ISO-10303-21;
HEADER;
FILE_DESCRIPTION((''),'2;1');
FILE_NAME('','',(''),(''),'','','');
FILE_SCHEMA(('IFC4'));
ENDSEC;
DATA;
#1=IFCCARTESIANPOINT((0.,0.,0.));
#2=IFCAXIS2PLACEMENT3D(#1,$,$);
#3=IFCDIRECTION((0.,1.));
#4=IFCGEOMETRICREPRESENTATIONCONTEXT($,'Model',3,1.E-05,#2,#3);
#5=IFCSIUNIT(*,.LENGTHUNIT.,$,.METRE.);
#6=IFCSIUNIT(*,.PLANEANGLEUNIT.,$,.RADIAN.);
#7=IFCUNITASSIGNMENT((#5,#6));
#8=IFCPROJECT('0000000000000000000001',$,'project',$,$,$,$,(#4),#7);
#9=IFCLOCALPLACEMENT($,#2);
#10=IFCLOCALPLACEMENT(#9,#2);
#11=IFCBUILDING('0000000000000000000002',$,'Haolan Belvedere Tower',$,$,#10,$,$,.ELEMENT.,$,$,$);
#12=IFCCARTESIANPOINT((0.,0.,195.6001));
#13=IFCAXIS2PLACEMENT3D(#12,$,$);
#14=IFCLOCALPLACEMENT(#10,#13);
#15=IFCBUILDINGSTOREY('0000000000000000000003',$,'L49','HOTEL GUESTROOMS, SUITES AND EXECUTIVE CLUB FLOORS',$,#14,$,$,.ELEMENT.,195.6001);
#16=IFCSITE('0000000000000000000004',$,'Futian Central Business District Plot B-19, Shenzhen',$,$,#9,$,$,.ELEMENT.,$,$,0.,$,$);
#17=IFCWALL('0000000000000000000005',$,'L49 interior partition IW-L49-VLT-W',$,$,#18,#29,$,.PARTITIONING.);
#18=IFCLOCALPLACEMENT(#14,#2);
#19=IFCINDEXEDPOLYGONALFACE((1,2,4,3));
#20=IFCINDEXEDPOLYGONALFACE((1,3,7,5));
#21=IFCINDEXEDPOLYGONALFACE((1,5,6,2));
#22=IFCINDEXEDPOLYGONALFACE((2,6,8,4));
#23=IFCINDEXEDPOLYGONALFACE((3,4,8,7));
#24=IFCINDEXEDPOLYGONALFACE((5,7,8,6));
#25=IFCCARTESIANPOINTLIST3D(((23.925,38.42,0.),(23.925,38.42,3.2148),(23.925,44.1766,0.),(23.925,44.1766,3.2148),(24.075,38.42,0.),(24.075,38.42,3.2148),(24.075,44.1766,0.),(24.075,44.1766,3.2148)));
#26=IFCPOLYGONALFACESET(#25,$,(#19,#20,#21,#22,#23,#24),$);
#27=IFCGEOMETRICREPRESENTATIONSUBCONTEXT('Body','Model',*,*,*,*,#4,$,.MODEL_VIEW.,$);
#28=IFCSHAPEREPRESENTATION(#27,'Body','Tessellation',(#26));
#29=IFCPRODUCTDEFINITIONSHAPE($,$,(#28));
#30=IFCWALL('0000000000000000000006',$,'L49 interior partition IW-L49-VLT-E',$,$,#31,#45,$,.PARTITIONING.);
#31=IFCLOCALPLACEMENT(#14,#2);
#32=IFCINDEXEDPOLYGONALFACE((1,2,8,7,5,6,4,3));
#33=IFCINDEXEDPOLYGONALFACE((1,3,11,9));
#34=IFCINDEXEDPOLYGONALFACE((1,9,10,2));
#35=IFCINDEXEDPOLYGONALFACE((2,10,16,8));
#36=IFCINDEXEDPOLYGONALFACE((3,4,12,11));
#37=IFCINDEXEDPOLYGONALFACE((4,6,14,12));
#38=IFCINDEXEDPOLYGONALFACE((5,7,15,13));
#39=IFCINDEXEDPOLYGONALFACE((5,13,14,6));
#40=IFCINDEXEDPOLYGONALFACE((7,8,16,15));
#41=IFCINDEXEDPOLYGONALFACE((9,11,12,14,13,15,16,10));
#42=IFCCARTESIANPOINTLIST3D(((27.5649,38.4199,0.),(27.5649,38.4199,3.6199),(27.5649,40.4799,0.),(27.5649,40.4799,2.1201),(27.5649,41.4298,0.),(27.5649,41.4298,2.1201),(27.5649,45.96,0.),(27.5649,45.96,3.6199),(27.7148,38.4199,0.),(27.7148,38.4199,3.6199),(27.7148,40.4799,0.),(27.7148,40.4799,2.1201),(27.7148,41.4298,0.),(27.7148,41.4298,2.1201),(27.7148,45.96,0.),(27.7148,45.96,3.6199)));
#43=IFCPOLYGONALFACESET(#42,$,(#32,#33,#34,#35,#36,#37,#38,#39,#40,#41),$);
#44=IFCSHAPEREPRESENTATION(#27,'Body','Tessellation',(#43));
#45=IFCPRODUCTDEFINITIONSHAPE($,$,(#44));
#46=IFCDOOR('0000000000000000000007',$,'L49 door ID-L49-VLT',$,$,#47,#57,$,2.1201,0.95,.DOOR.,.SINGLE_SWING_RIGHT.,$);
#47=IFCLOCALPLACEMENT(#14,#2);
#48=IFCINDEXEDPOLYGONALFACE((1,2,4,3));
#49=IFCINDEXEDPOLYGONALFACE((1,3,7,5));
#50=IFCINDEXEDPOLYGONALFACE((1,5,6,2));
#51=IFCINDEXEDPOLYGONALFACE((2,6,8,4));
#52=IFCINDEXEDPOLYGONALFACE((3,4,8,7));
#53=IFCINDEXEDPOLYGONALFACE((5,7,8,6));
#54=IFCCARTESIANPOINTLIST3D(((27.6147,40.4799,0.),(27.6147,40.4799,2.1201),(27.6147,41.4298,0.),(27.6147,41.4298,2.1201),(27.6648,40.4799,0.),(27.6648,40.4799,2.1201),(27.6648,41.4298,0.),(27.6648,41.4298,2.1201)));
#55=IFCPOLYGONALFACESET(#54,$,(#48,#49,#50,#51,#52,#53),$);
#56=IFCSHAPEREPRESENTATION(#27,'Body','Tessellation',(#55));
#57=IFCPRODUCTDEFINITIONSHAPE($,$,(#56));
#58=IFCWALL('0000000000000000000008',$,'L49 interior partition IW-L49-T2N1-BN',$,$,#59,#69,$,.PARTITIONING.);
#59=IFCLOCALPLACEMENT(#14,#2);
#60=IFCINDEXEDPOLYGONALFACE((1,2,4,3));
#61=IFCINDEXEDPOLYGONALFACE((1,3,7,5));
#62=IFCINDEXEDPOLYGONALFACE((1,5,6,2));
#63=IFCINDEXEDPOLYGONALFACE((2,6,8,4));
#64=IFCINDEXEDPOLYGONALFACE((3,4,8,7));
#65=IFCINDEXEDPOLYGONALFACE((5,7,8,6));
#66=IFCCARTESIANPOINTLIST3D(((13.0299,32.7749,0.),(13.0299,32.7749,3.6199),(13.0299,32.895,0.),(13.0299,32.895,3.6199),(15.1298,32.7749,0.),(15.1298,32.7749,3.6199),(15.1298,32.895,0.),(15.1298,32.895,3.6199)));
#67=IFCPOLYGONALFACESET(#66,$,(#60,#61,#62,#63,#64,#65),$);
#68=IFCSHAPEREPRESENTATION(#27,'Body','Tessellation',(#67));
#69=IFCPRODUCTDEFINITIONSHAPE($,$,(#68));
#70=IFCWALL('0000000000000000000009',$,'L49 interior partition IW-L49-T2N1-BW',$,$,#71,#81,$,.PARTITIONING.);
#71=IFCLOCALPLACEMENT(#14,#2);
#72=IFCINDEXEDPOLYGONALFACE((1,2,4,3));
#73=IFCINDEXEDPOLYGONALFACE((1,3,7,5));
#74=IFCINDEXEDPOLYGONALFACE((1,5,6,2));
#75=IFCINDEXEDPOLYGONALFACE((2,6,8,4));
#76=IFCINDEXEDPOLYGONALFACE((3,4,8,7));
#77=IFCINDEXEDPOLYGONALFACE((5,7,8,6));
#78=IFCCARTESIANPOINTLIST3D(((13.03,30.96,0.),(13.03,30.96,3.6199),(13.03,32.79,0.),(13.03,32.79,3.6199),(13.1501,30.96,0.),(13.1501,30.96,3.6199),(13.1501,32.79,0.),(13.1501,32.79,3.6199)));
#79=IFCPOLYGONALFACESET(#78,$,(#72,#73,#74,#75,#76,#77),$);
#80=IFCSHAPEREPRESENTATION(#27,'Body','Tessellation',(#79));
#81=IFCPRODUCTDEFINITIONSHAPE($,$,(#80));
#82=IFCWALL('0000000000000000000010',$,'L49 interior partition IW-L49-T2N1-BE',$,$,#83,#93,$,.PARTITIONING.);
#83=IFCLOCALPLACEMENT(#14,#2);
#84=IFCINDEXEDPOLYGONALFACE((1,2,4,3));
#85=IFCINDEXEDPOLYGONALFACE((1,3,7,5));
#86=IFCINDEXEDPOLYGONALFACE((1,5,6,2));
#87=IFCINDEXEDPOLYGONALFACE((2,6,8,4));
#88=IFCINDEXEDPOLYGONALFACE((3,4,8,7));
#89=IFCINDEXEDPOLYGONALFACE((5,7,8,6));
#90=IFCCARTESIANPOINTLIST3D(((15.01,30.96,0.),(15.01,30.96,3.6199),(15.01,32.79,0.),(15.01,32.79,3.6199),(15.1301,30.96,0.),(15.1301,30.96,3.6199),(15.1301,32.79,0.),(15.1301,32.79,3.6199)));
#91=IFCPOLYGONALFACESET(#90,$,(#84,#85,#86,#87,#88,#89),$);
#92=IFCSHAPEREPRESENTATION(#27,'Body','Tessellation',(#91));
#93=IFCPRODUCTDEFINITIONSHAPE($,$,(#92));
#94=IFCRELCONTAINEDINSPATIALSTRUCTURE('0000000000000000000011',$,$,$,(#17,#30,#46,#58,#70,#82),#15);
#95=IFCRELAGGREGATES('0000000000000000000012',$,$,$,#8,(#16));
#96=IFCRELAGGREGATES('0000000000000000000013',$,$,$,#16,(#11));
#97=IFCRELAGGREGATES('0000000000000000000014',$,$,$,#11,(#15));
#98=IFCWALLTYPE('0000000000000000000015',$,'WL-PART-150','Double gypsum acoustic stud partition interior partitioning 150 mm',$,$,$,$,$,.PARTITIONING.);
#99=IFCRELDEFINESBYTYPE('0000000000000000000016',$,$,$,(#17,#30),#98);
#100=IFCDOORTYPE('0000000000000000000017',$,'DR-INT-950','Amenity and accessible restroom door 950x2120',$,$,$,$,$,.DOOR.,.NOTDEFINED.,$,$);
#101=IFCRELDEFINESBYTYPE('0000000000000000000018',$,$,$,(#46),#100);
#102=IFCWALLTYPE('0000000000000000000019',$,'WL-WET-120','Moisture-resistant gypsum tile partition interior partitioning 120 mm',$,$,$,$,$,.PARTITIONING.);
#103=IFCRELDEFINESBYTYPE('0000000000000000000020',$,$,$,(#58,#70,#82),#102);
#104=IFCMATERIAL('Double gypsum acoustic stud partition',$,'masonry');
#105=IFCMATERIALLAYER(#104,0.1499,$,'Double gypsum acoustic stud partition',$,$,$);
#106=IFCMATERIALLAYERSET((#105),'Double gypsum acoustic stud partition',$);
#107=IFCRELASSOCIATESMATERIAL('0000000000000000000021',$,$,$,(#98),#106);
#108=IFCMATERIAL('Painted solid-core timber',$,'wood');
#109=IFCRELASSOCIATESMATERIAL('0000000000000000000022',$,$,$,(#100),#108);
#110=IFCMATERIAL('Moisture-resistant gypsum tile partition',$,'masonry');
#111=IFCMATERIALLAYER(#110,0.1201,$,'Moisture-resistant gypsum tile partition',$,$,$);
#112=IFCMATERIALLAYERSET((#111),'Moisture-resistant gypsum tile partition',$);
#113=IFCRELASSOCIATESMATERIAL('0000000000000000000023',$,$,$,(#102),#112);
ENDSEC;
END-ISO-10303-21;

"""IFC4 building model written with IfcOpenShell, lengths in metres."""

from ifc_helpers import new_model, si_unit, direction, frame, frame_2d, origin, place, context, subcontext, project, spatial, rectangle, extrude, material, layer, layer_set, type_object, element, fill, save


model = new_model("IFC4")

# Units and contexts
model_context = context("Model", 3, precision=1e-05, world=origin(), true_north=direction((0.0, 1.0)))
body_context = subcontext(model_context, "Body", "Model", "MODEL_VIEW")
ifc_project = project(units=[si_unit("LENGTHUNIT", "METRE"), si_unit("PLANEANGLEUNIT", "RADIAN")], contexts=[model_context])

# Site, building, storey
site_placement = place(None, origin())
site = spatial("IfcSite", under=ifc_project, at=site_placement, Name="Futian Central Business District Plot B-19, Shenzhen", CompositionType="ELEMENT", RefElevation=0.0)
building_placement = place(site_placement, origin())
building = spatial("IfcBuilding", under=site, at=building_placement, Name="Haolan Belvedere Tower", CompositionType="ELEMENT")
storey_placement = place(building_placement, frame((0.0, 0.0, 195.6001)))
storey = spatial("IfcBuildingStorey", under=building, at=storey_placement, Name="L49", Description="HOTEL GUESTROOMS, SUITES AND EXECUTIVE CLUB FLOORS", CompositionType="ELEMENT", Elevation=195.6001)

# Shared definitions
ifc_material_1 = material(Name="Double gypsum acoustic stud partition", Category="masonry")
ifc_layer_1 = layer(ifc_material_1, 0.1499, Name="Double gypsum acoustic stud partition")
ifc_layer_set_1 = layer_set([ifc_layer_1], Name="Double gypsum acoustic stud partition")
wall_type_1 = type_object("IfcWallType", Name="WL-PART-150", Description="Double gypsum acoustic stud partition interior partitioning 150 mm", PredefinedType="PARTITIONING", material=ifc_layer_set_1)

# Shared definitions
ifc_material_2 = material(Name="Painted solid-core timber", Category="wood")
door_type = type_object("IfcDoorType", Name="DR-INT-950", Description="Amenity and accessible restroom door 950x2120", OperationType="NOTDEFINED", PredefinedType="DOOR", material=ifc_material_2)

# Wall
wall_1_placement = place(storey_placement, frame((24.0, 38.4199, 0.0), z_axis=(0.0, 0.0, 1.0), x_axis=(0.0, 1.0, 0.0)))
element("IfcWall", 1, at=wall_1_placement, inside=storey, type_object=wall_type_1, Name="L49 interior partition IW-L49-VLT-W", PredefinedType="PARTITIONING", context=body_context, shape_type="SweptSolid", body=[
    extrude(rectangle(XDim=5.7566, YDim=0.1499, at=frame_2d((2.8784, 0.0))), origin(), (0.0, 0.0, 1.0), 3.2148),
])

# Wall, opening, door
wall_2_placement = place(storey_placement, frame((27.6399, 38.4199, 0.0), z_axis=(0.0, 0.0, 1.0), x_axis=(0.0, 1.0, 0.0)))
wall_2 = element("IfcWall", 2, at=wall_2_placement, inside=storey, type_object=wall_type_1, Name="L49 interior partition IW-L49-VLT-E", PredefinedType="PARTITIONING", context=body_context, shape_type="SweptSolid", body=[
    extrude(rectangle(XDim=7.54, YDim=0.1499, at=frame_2d((3.77, 0.0))), origin(), (0.0, 0.0, 1.0), 3.6199),
])
opening_1_placement = place(wall_2_placement, frame((3.01, 0.0, 0.0), z_axis=(0.0, 0.0, 1.0), x_axis=(-1.0, 0.0, 0.0)))
opening_1 = element("IfcOpeningElement", 3, at=opening_1_placement, cuts=wall_2, PredefinedType="OPENING", context=body_context, shape_type="SweptSolid", body=[
    extrude(rectangle(XDim=0.95, YDim=2.1201, at=frame_2d((0.4751, 1.0601))), frame((0.0, 0.085, 0.0), z_axis=(0.0, -1.0, 0.0), x_axis=(1.0, 0.0, 0.0)), (0.0, 0.0, 1.0), 0.1699),
])
door_1_placement = place(opening_1_placement, origin())
door_1 = element("IfcDoor", 4, at=door_1_placement, inside=storey, type_object=door_type, Name="L49 door ID-L49-VLT", OperationType="SINGLE_SWING_RIGHT", OverallHeight=2.1201, OverallWidth=0.95, PredefinedType="DOOR", context=body_context, shape_type="SweptSolid", body=[
    extrude(rectangle(XDim=0.95, YDim=2.1201, at=frame_2d((0.4751, 1.0601))), frame((0.0, 0.0249, 0.0), z_axis=(0.0, -1.0, 0.0), x_axis=(1.0, 0.0, 0.0)), (0.0, 0.0, 1.0), 0.05),
])
fill(opening_1, door_1)

# Walls
ifc_material_3 = material(Name="Moisture-resistant gypsum tile partition", Category="masonry")
ifc_layer_2 = layer(ifc_material_3, 0.1201, Name="Moisture-resistant gypsum tile partition")
ifc_layer_set_2 = layer_set([ifc_layer_2], Name="Moisture-resistant gypsum tile partition")
wall_type_2 = type_object("IfcWallType", Name="WL-WET-120", Description="Moisture-resistant gypsum tile partition interior partitioning 120 mm", PredefinedType="PARTITIONING", material=ifc_layer_set_2)
wall_3_placement = place(storey_placement, frame((13.03, 32.835, 0.0), z_axis=(0.0, 0.0, 1.0), x_axis=(1.0, 0.0, 0.0)))
element("IfcWall", 5, at=wall_3_placement, inside=storey, type_object=wall_type_2, Name="L49 interior partition IW-L49-T2N1-BN", PredefinedType="PARTITIONING", context=body_context, shape_type="SweptSolid", body=[
    extrude(rectangle(XDim=2.0999, YDim=0.1201, at=frame_2d((1.0498, 0.0))), origin(), (0.0, 0.0, 1.0), 3.6199),
])
for number, where, z_axis, x_axis, name in (
    (6, (13.0901, 30.96, 0.0), (0.0, 0.0, 1.0), (0.0, 1.0, 0.0), "L49 interior partition IW-L49-T2N1-BW"),
    (7, (15.0701, 30.96, 0.0), (0.0, 0.0, 1.0), (0.0, 1.0, 0.0), "L49 interior partition IW-L49-T2N1-BE"),
):
    element("IfcWall", number, at=place(storey_placement, frame(where, z_axis=z_axis, x_axis=x_axis)), inside=storey, type_object=wall_type_2, Name=name, PredefinedType="PARTITIONING", context=body_context, shape_type="SweptSolid", body=[
        extrude(rectangle(XDim=1.8301, YDim=0.1201, at=frame_2d((0.915, 0.0))), origin(), (0.0, 0.0, 1.0), 3.6199),
    ])

save(model, "model.ifc")
